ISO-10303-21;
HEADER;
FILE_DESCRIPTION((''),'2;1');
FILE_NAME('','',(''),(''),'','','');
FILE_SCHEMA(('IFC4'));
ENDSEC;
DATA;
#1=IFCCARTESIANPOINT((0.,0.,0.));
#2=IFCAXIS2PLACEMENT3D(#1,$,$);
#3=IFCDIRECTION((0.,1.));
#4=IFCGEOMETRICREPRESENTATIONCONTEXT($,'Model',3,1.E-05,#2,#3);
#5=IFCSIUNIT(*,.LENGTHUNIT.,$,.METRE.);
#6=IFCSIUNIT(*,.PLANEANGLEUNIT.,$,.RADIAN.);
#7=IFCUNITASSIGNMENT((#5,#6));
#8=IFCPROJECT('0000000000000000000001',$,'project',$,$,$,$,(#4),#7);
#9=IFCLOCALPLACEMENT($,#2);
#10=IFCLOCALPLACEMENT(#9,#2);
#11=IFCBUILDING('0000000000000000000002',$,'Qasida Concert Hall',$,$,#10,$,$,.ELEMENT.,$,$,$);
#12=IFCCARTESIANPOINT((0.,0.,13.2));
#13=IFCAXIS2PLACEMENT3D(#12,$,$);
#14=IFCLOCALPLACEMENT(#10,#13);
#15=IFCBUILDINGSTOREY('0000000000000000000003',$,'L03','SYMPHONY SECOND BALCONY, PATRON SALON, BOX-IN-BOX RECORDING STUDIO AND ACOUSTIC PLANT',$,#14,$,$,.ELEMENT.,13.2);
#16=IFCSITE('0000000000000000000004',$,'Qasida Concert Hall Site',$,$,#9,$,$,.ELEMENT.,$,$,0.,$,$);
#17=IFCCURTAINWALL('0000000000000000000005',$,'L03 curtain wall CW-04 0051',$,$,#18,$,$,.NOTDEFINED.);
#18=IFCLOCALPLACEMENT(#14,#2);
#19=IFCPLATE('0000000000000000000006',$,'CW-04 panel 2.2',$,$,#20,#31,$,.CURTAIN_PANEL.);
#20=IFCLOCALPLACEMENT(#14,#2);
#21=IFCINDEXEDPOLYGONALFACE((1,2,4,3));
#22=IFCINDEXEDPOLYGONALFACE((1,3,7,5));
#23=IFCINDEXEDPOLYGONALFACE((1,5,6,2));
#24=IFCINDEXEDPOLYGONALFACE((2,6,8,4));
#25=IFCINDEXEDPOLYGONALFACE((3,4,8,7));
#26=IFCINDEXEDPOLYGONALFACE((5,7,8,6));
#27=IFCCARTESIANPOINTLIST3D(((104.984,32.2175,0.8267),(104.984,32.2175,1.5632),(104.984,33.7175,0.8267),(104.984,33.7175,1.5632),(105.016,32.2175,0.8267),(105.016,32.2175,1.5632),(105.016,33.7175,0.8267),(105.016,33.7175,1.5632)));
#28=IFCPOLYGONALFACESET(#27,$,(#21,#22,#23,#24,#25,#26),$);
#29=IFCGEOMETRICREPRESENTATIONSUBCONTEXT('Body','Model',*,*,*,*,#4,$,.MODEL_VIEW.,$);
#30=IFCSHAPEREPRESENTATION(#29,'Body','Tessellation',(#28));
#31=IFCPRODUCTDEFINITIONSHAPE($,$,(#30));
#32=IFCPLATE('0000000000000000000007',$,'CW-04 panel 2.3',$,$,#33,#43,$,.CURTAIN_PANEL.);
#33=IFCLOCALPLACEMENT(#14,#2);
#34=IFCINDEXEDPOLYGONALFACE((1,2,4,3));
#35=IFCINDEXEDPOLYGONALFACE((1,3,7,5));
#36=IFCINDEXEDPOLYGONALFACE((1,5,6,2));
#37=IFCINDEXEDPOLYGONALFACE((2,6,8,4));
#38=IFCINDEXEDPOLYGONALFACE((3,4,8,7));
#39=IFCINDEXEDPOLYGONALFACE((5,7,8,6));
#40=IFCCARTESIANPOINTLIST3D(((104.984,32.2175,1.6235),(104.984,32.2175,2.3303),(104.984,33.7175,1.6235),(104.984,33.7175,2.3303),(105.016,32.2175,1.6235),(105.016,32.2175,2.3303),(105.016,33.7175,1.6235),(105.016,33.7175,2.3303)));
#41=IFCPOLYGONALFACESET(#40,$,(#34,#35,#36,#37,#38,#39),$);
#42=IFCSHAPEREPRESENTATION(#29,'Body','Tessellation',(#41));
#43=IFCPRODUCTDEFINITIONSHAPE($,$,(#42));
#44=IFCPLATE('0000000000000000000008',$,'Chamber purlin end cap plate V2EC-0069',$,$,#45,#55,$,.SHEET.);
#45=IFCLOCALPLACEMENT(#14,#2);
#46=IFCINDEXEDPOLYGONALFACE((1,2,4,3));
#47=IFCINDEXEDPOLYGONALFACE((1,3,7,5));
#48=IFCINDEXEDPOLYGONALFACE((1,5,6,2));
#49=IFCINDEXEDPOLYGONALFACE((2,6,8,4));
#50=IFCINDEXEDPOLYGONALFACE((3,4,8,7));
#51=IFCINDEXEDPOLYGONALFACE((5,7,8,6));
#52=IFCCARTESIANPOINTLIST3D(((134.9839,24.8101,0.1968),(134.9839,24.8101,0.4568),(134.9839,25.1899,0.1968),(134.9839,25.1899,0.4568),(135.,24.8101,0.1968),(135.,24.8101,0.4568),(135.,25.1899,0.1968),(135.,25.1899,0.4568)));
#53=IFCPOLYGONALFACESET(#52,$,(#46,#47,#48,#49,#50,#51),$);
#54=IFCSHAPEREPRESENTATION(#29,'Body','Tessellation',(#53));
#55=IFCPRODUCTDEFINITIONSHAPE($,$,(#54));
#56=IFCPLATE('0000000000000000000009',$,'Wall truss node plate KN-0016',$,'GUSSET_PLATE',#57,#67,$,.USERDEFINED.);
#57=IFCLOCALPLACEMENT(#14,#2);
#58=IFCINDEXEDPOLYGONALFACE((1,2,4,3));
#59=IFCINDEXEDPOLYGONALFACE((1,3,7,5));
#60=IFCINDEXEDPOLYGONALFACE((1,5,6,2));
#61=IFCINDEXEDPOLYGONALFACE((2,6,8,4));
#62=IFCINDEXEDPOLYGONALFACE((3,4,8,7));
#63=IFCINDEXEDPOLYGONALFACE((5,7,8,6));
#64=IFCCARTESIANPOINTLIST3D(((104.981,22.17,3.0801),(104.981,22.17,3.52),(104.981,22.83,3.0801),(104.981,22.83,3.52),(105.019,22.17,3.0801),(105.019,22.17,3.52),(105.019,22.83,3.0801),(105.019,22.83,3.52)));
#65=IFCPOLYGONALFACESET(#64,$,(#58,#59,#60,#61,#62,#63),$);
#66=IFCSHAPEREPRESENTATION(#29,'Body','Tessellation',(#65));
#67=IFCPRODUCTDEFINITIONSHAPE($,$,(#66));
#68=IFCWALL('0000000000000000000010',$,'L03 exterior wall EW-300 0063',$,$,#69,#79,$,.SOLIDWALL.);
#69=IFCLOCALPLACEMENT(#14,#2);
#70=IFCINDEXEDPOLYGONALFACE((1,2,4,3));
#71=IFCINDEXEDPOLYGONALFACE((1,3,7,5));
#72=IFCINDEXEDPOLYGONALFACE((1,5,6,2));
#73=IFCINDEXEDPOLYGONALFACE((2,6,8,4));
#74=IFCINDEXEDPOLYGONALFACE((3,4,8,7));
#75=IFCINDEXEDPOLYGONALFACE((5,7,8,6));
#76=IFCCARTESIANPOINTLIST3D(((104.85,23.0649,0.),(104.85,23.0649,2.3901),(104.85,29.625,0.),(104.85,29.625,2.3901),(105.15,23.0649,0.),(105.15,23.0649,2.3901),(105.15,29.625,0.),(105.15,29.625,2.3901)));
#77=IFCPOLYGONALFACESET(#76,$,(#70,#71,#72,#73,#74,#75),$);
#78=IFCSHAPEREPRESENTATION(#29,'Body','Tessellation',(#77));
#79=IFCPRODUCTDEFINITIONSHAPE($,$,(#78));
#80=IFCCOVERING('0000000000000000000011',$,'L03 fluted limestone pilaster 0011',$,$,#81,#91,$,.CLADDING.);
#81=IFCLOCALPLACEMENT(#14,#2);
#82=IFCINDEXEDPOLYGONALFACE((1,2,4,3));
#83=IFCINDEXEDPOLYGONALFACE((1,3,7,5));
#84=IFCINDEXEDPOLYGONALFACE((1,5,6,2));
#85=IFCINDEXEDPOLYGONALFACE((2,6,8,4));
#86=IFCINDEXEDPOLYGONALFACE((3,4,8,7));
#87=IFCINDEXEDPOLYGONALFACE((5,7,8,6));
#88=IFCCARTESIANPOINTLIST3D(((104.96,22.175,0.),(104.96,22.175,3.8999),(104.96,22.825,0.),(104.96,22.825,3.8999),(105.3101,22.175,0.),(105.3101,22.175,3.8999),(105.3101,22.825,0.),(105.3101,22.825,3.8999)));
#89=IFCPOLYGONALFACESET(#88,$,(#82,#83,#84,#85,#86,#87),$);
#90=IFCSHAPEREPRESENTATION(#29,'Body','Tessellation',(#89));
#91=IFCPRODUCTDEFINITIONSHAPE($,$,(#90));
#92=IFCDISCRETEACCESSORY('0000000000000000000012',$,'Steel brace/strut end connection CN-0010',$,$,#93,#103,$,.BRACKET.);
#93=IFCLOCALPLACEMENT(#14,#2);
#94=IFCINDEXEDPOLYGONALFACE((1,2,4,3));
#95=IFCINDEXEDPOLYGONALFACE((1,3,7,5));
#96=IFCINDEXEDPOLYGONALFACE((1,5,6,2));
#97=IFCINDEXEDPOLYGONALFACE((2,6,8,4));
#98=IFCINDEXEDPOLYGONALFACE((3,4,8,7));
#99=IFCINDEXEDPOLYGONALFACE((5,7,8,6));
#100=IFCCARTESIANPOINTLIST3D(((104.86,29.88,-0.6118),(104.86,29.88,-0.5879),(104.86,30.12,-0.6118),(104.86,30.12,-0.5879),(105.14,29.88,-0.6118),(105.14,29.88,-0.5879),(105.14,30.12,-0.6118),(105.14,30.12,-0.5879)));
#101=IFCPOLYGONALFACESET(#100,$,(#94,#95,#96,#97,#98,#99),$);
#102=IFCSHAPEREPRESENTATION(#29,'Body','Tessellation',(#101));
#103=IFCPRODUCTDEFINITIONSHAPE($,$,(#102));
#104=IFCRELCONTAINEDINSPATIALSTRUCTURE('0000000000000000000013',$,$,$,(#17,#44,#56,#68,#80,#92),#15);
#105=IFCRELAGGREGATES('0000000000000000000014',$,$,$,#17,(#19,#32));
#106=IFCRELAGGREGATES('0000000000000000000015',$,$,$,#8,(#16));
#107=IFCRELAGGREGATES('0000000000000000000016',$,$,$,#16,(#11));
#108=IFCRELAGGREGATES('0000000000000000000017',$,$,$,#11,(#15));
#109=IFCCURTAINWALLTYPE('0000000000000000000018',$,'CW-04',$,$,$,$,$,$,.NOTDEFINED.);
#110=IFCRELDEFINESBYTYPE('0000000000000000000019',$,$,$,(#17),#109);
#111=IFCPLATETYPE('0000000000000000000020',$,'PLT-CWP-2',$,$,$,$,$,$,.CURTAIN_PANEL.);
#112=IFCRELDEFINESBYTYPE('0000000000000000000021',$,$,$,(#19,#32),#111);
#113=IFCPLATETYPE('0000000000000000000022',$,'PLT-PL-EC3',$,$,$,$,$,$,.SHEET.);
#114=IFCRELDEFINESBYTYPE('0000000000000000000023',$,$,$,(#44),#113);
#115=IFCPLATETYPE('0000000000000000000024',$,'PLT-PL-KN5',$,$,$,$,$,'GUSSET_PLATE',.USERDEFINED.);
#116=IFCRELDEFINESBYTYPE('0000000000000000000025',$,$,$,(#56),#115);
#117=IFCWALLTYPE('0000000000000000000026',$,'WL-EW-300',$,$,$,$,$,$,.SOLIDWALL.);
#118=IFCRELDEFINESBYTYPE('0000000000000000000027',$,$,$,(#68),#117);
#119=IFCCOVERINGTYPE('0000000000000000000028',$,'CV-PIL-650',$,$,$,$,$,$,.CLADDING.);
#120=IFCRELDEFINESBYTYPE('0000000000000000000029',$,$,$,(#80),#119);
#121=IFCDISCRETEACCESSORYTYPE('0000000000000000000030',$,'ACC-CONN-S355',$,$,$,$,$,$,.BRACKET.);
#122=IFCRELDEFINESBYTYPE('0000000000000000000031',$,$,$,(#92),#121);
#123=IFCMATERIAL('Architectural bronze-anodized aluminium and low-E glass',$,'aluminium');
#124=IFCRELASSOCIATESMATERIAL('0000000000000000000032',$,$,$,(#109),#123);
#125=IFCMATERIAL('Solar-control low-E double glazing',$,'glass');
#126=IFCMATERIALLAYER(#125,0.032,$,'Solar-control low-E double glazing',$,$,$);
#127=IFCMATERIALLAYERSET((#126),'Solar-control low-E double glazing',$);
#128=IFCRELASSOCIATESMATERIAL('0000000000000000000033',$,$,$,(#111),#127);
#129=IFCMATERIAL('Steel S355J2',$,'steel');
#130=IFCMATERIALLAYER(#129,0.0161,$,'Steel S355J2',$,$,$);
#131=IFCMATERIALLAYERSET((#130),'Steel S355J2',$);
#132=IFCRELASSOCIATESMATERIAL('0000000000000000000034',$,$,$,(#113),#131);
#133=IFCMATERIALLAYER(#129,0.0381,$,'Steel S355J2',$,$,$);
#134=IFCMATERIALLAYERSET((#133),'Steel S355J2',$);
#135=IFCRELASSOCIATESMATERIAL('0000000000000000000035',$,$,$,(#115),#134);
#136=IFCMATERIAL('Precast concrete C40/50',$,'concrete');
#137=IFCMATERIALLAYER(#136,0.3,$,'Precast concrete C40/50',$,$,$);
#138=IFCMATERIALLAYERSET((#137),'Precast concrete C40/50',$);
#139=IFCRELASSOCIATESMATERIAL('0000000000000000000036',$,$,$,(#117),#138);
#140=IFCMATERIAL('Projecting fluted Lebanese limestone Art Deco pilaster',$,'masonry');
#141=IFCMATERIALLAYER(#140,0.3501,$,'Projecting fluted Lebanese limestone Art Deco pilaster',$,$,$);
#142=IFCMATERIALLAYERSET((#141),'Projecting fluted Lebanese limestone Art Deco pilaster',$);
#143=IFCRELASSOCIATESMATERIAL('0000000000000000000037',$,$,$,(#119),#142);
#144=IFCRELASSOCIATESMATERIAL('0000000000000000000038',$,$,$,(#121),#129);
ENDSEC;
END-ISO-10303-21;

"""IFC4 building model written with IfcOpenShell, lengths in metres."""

from ifc_helpers import new_model, si_unit, direction, frame, frame_2d, origin, origin_2d, place, context, subcontext, project, spatial, rectangle, extrude, material, layer, layer_set, type_object, element, aggregate, save


model = new_model("IFC4")

# Units and contexts
model_context = context("Model", 3, precision=1e-05, world=origin(), true_north=direction((0.0, 1.0)))
body_context = subcontext(model_context, "Body", "Model", "MODEL_VIEW")
ifc_project = project(units=[si_unit("LENGTHUNIT", "METRE"), si_unit("PLANEANGLEUNIT", "RADIAN")], contexts=[model_context])

# Site, building, storey
site_placement = place(None, origin())
site = spatial("IfcSite", under=ifc_project, at=site_placement, Name="Qasida Concert Hall Site", CompositionType="ELEMENT", RefElevation=0.0)
building_placement = place(site_placement, origin())
building = spatial("IfcBuilding", under=site, at=building_placement, Name="Qasida Concert Hall", CompositionType="ELEMENT")
storey_placement = place(building_placement, frame((0.0, 0.0, 13.2)))
storey = spatial("IfcBuildingStorey", under=building, at=storey_placement, Name="L03", Description="SYMPHONY SECOND BALCONY, PATRON SALON, BOX-IN-BOX RECORDING STUDIO AND ACOUSTIC PLANT", CompositionType="ELEMENT", Elevation=13.2)

# Shared definitions
ifc_material_1 = material(Name="Steel S355J2", Category="steel")

# Curtain wall
ifc_material_2 = material(Name="Architectural bronze-anodized aluminium and low-E glass", Category="aluminium")
curtain_wall_type = type_object("IfcCurtainWallType", Name="CW-04", PredefinedType="NOTDEFINED", material=ifc_material_2)
curtain_wall_placement = place(storey_placement, origin())
curtain_wall = element("IfcCurtainWall", 1, at=curtain_wall_placement, inside=storey, type_object=curtain_wall_type, Name="L03 curtain wall CW-04 0051", PredefinedType="NOTDEFINED")

# Plates
ifc_material_3 = material(Name="Solar-control low-E double glazing", Category="glass")
ifc_layer_1 = layer(ifc_material_3, 0.032, Name="Solar-control low-E double glazing")
ifc_layer_set_1 = layer_set([ifc_layer_1], Name="Solar-control low-E double glazing")
plate_type_1 = type_object("IfcPlateType", Name="PLT-CWP-2", PredefinedType="CURTAIN_PANEL", material=ifc_layer_set_1)
plate_1_placement = place(storey_placement, frame((105.0, 32.9675, 0.8267), z_axis=(0.0, 0.0, 1.0), x_axis=(0.0, 1.0, 0.0)))
plate_1 = element("IfcPlate", 2, at=plate_1_placement, type_object=plate_type_1, Name="CW-04 panel 2.2", PredefinedType="CURTAIN_PANEL", context=body_context, shape_type="SweptSolid", body=[
    extrude(rectangle(XDim=1.5, YDim=0.032, at=origin_2d()), origin(), (0.0, 0.0, 1.0), 0.7366),
])
plate_2_placement = place(storey_placement, frame((105.0, 32.9675, 1.6235), z_axis=(0.0, 0.0, 1.0), x_axis=(0.0, 1.0, 0.0)))
plate_2 = element("IfcPlate", 3, at=plate_2_placement, type_object=plate_type_1, Name="CW-04 panel 2.3", PredefinedType="CURTAIN_PANEL", context=body_context, shape_type="SweptSolid", body=[
    extrude(rectangle(XDim=1.5, YDim=0.032, at=origin_2d()), origin(), (0.0, 0.0, 1.0), 0.7068),
])
aggregate(curtain_wall, [plate_1, plate_2])

# Plates
ifc_layer_2 = layer(ifc_material_1, 0.0161, Name="Steel S355J2")
ifc_layer_set_2 = layer_set([ifc_layer_2], Name="Steel S355J2")
plate_type_2 = type_object("IfcPlateType", Name="PLT-PL-EC3", PredefinedType="SHEET", material=ifc_layer_set_2)
plate_3_placement = place(storey_placement, frame((134.9919, 25.0, 0.1968), z_axis=(0.0, 0.0, 1.0), x_axis=(1.0, 0.0, 0.0)))
element("IfcPlate", 4, at=plate_3_placement, inside=storey, type_object=plate_type_2, Name="Chamber purlin end cap plate V2EC-0069", PredefinedType="SHEET", context=body_context, shape_type="SweptSolid", body=[
    extrude(rectangle(XDim=0.0161, YDim=0.3799, at=origin_2d()), origin(), (0.0, 0.0, 1.0), 0.26),
])
ifc_layer_3 = layer(ifc_material_1, 0.0381, Name="Steel S355J2")
ifc_layer_set_3 = layer_set([ifc_layer_3], Name="Steel S355J2")
plate_type_3 = type_object("IfcPlateType", Name="PLT-PL-KN5", ElementType="GUSSET_PLATE", PredefinedType="USERDEFINED", material=ifc_layer_set_3)
plate_4_placement = place(storey_placement, frame((105.0, 22.5, 3.0801), z_axis=(0.0, 0.0, 1.0), x_axis=(1.0, 0.0, 0.0)))
element("IfcPlate", 5, at=plate_4_placement, inside=storey, type_object=plate_type_3, Name="Wall truss node plate KN-0016", ObjectType="GUSSET_PLATE", PredefinedType="USERDEFINED", context=body_context, shape_type="SweptSolid", body=[
    extrude(rectangle(XDim=0.0381, YDim=0.6599, at=origin_2d()), origin(), (0.0, 0.0, 1.0), 0.4399),
])

# Wall
ifc_material_4 = material(Name="Precast concrete C40/50", Category="concrete")
ifc_layer_4 = layer(ifc_material_4, 0.3, Name="Precast concrete C40/50")
ifc_layer_set_4 = layer_set([ifc_layer_4], Name="Precast concrete C40/50")
wall_type = type_object("IfcWallType", Name="WL-EW-300", PredefinedType="SOLIDWALL", material=ifc_layer_set_4)
wall_placement = place(storey_placement, frame((105.0, 23.0649, 0.0), z_axis=(0.0, 0.0, 1.0), x_axis=(0.0, 1.0, 0.0)))
element("IfcWall", 6, at=wall_placement, inside=storey, type_object=wall_type, Name="L03 exterior wall EW-300 0063", PredefinedType="SOLIDWALL", context=body_context, shape_type="SweptSolid", body=[
    extrude(rectangle(XDim=6.5601, YDim=0.3, at=frame_2d((3.28, 0.0))), origin(), (0.0, 0.0, 1.0), 2.3901),
])

# Covering
ifc_material_5 = material(Name="Projecting fluted Lebanese limestone Art Deco pilaster", Category="masonry")
ifc_layer_5 = layer(ifc_material_5, 0.3501, Name="Projecting fluted Lebanese limestone Art Deco pilaster")
ifc_layer_set_5 = layer_set([ifc_layer_5], Name="Projecting fluted Lebanese limestone Art Deco pilaster")
covering_type = type_object("IfcCoveringType", Name="CV-PIL-650", PredefinedType="CLADDING", material=ifc_layer_set_5)
covering_placement = place(storey_placement, frame((105.135, 22.5, 0.0), z_axis=(0.0, 0.0, 1.0), x_axis=(1.0, 0.0, 0.0)))
element("IfcCovering", 7, at=covering_placement, inside=storey, type_object=covering_type, Name="L03 fluted limestone pilaster 0011", PredefinedType="CLADDING", context=body_context, shape_type="SweptSolid", body=[
    extrude(rectangle(XDim=0.3501, YDim=0.6499, at=origin_2d()), origin(), (0.0, 0.0, 1.0), 3.8999),
])

# Discrete accessory
discrete_accessory_type = type_object("IfcDiscreteAccessoryType", Name="ACC-CONN-S355", PredefinedType="BRACKET", material=ifc_material_1)
discrete_accessory_placement = place(storey_placement, frame((105.0, 30.0, -0.6118), z_axis=(0.0, 0.0, 1.0), x_axis=(1.0, 0.0, 0.0)))
element("IfcDiscreteAccessory", 8, at=discrete_accessory_placement, inside=storey, type_object=discrete_accessory_type, Name="Steel brace/strut end connection CN-0010", PredefinedType="BRACKET", context=body_context, shape_type="SweptSolid", body=[
    extrude(rectangle(XDim=0.28, YDim=0.24, at=origin_2d()), origin(), (0.0, 0.0, 1.0), 0.0239),
])

save(model, "model.ifc")
